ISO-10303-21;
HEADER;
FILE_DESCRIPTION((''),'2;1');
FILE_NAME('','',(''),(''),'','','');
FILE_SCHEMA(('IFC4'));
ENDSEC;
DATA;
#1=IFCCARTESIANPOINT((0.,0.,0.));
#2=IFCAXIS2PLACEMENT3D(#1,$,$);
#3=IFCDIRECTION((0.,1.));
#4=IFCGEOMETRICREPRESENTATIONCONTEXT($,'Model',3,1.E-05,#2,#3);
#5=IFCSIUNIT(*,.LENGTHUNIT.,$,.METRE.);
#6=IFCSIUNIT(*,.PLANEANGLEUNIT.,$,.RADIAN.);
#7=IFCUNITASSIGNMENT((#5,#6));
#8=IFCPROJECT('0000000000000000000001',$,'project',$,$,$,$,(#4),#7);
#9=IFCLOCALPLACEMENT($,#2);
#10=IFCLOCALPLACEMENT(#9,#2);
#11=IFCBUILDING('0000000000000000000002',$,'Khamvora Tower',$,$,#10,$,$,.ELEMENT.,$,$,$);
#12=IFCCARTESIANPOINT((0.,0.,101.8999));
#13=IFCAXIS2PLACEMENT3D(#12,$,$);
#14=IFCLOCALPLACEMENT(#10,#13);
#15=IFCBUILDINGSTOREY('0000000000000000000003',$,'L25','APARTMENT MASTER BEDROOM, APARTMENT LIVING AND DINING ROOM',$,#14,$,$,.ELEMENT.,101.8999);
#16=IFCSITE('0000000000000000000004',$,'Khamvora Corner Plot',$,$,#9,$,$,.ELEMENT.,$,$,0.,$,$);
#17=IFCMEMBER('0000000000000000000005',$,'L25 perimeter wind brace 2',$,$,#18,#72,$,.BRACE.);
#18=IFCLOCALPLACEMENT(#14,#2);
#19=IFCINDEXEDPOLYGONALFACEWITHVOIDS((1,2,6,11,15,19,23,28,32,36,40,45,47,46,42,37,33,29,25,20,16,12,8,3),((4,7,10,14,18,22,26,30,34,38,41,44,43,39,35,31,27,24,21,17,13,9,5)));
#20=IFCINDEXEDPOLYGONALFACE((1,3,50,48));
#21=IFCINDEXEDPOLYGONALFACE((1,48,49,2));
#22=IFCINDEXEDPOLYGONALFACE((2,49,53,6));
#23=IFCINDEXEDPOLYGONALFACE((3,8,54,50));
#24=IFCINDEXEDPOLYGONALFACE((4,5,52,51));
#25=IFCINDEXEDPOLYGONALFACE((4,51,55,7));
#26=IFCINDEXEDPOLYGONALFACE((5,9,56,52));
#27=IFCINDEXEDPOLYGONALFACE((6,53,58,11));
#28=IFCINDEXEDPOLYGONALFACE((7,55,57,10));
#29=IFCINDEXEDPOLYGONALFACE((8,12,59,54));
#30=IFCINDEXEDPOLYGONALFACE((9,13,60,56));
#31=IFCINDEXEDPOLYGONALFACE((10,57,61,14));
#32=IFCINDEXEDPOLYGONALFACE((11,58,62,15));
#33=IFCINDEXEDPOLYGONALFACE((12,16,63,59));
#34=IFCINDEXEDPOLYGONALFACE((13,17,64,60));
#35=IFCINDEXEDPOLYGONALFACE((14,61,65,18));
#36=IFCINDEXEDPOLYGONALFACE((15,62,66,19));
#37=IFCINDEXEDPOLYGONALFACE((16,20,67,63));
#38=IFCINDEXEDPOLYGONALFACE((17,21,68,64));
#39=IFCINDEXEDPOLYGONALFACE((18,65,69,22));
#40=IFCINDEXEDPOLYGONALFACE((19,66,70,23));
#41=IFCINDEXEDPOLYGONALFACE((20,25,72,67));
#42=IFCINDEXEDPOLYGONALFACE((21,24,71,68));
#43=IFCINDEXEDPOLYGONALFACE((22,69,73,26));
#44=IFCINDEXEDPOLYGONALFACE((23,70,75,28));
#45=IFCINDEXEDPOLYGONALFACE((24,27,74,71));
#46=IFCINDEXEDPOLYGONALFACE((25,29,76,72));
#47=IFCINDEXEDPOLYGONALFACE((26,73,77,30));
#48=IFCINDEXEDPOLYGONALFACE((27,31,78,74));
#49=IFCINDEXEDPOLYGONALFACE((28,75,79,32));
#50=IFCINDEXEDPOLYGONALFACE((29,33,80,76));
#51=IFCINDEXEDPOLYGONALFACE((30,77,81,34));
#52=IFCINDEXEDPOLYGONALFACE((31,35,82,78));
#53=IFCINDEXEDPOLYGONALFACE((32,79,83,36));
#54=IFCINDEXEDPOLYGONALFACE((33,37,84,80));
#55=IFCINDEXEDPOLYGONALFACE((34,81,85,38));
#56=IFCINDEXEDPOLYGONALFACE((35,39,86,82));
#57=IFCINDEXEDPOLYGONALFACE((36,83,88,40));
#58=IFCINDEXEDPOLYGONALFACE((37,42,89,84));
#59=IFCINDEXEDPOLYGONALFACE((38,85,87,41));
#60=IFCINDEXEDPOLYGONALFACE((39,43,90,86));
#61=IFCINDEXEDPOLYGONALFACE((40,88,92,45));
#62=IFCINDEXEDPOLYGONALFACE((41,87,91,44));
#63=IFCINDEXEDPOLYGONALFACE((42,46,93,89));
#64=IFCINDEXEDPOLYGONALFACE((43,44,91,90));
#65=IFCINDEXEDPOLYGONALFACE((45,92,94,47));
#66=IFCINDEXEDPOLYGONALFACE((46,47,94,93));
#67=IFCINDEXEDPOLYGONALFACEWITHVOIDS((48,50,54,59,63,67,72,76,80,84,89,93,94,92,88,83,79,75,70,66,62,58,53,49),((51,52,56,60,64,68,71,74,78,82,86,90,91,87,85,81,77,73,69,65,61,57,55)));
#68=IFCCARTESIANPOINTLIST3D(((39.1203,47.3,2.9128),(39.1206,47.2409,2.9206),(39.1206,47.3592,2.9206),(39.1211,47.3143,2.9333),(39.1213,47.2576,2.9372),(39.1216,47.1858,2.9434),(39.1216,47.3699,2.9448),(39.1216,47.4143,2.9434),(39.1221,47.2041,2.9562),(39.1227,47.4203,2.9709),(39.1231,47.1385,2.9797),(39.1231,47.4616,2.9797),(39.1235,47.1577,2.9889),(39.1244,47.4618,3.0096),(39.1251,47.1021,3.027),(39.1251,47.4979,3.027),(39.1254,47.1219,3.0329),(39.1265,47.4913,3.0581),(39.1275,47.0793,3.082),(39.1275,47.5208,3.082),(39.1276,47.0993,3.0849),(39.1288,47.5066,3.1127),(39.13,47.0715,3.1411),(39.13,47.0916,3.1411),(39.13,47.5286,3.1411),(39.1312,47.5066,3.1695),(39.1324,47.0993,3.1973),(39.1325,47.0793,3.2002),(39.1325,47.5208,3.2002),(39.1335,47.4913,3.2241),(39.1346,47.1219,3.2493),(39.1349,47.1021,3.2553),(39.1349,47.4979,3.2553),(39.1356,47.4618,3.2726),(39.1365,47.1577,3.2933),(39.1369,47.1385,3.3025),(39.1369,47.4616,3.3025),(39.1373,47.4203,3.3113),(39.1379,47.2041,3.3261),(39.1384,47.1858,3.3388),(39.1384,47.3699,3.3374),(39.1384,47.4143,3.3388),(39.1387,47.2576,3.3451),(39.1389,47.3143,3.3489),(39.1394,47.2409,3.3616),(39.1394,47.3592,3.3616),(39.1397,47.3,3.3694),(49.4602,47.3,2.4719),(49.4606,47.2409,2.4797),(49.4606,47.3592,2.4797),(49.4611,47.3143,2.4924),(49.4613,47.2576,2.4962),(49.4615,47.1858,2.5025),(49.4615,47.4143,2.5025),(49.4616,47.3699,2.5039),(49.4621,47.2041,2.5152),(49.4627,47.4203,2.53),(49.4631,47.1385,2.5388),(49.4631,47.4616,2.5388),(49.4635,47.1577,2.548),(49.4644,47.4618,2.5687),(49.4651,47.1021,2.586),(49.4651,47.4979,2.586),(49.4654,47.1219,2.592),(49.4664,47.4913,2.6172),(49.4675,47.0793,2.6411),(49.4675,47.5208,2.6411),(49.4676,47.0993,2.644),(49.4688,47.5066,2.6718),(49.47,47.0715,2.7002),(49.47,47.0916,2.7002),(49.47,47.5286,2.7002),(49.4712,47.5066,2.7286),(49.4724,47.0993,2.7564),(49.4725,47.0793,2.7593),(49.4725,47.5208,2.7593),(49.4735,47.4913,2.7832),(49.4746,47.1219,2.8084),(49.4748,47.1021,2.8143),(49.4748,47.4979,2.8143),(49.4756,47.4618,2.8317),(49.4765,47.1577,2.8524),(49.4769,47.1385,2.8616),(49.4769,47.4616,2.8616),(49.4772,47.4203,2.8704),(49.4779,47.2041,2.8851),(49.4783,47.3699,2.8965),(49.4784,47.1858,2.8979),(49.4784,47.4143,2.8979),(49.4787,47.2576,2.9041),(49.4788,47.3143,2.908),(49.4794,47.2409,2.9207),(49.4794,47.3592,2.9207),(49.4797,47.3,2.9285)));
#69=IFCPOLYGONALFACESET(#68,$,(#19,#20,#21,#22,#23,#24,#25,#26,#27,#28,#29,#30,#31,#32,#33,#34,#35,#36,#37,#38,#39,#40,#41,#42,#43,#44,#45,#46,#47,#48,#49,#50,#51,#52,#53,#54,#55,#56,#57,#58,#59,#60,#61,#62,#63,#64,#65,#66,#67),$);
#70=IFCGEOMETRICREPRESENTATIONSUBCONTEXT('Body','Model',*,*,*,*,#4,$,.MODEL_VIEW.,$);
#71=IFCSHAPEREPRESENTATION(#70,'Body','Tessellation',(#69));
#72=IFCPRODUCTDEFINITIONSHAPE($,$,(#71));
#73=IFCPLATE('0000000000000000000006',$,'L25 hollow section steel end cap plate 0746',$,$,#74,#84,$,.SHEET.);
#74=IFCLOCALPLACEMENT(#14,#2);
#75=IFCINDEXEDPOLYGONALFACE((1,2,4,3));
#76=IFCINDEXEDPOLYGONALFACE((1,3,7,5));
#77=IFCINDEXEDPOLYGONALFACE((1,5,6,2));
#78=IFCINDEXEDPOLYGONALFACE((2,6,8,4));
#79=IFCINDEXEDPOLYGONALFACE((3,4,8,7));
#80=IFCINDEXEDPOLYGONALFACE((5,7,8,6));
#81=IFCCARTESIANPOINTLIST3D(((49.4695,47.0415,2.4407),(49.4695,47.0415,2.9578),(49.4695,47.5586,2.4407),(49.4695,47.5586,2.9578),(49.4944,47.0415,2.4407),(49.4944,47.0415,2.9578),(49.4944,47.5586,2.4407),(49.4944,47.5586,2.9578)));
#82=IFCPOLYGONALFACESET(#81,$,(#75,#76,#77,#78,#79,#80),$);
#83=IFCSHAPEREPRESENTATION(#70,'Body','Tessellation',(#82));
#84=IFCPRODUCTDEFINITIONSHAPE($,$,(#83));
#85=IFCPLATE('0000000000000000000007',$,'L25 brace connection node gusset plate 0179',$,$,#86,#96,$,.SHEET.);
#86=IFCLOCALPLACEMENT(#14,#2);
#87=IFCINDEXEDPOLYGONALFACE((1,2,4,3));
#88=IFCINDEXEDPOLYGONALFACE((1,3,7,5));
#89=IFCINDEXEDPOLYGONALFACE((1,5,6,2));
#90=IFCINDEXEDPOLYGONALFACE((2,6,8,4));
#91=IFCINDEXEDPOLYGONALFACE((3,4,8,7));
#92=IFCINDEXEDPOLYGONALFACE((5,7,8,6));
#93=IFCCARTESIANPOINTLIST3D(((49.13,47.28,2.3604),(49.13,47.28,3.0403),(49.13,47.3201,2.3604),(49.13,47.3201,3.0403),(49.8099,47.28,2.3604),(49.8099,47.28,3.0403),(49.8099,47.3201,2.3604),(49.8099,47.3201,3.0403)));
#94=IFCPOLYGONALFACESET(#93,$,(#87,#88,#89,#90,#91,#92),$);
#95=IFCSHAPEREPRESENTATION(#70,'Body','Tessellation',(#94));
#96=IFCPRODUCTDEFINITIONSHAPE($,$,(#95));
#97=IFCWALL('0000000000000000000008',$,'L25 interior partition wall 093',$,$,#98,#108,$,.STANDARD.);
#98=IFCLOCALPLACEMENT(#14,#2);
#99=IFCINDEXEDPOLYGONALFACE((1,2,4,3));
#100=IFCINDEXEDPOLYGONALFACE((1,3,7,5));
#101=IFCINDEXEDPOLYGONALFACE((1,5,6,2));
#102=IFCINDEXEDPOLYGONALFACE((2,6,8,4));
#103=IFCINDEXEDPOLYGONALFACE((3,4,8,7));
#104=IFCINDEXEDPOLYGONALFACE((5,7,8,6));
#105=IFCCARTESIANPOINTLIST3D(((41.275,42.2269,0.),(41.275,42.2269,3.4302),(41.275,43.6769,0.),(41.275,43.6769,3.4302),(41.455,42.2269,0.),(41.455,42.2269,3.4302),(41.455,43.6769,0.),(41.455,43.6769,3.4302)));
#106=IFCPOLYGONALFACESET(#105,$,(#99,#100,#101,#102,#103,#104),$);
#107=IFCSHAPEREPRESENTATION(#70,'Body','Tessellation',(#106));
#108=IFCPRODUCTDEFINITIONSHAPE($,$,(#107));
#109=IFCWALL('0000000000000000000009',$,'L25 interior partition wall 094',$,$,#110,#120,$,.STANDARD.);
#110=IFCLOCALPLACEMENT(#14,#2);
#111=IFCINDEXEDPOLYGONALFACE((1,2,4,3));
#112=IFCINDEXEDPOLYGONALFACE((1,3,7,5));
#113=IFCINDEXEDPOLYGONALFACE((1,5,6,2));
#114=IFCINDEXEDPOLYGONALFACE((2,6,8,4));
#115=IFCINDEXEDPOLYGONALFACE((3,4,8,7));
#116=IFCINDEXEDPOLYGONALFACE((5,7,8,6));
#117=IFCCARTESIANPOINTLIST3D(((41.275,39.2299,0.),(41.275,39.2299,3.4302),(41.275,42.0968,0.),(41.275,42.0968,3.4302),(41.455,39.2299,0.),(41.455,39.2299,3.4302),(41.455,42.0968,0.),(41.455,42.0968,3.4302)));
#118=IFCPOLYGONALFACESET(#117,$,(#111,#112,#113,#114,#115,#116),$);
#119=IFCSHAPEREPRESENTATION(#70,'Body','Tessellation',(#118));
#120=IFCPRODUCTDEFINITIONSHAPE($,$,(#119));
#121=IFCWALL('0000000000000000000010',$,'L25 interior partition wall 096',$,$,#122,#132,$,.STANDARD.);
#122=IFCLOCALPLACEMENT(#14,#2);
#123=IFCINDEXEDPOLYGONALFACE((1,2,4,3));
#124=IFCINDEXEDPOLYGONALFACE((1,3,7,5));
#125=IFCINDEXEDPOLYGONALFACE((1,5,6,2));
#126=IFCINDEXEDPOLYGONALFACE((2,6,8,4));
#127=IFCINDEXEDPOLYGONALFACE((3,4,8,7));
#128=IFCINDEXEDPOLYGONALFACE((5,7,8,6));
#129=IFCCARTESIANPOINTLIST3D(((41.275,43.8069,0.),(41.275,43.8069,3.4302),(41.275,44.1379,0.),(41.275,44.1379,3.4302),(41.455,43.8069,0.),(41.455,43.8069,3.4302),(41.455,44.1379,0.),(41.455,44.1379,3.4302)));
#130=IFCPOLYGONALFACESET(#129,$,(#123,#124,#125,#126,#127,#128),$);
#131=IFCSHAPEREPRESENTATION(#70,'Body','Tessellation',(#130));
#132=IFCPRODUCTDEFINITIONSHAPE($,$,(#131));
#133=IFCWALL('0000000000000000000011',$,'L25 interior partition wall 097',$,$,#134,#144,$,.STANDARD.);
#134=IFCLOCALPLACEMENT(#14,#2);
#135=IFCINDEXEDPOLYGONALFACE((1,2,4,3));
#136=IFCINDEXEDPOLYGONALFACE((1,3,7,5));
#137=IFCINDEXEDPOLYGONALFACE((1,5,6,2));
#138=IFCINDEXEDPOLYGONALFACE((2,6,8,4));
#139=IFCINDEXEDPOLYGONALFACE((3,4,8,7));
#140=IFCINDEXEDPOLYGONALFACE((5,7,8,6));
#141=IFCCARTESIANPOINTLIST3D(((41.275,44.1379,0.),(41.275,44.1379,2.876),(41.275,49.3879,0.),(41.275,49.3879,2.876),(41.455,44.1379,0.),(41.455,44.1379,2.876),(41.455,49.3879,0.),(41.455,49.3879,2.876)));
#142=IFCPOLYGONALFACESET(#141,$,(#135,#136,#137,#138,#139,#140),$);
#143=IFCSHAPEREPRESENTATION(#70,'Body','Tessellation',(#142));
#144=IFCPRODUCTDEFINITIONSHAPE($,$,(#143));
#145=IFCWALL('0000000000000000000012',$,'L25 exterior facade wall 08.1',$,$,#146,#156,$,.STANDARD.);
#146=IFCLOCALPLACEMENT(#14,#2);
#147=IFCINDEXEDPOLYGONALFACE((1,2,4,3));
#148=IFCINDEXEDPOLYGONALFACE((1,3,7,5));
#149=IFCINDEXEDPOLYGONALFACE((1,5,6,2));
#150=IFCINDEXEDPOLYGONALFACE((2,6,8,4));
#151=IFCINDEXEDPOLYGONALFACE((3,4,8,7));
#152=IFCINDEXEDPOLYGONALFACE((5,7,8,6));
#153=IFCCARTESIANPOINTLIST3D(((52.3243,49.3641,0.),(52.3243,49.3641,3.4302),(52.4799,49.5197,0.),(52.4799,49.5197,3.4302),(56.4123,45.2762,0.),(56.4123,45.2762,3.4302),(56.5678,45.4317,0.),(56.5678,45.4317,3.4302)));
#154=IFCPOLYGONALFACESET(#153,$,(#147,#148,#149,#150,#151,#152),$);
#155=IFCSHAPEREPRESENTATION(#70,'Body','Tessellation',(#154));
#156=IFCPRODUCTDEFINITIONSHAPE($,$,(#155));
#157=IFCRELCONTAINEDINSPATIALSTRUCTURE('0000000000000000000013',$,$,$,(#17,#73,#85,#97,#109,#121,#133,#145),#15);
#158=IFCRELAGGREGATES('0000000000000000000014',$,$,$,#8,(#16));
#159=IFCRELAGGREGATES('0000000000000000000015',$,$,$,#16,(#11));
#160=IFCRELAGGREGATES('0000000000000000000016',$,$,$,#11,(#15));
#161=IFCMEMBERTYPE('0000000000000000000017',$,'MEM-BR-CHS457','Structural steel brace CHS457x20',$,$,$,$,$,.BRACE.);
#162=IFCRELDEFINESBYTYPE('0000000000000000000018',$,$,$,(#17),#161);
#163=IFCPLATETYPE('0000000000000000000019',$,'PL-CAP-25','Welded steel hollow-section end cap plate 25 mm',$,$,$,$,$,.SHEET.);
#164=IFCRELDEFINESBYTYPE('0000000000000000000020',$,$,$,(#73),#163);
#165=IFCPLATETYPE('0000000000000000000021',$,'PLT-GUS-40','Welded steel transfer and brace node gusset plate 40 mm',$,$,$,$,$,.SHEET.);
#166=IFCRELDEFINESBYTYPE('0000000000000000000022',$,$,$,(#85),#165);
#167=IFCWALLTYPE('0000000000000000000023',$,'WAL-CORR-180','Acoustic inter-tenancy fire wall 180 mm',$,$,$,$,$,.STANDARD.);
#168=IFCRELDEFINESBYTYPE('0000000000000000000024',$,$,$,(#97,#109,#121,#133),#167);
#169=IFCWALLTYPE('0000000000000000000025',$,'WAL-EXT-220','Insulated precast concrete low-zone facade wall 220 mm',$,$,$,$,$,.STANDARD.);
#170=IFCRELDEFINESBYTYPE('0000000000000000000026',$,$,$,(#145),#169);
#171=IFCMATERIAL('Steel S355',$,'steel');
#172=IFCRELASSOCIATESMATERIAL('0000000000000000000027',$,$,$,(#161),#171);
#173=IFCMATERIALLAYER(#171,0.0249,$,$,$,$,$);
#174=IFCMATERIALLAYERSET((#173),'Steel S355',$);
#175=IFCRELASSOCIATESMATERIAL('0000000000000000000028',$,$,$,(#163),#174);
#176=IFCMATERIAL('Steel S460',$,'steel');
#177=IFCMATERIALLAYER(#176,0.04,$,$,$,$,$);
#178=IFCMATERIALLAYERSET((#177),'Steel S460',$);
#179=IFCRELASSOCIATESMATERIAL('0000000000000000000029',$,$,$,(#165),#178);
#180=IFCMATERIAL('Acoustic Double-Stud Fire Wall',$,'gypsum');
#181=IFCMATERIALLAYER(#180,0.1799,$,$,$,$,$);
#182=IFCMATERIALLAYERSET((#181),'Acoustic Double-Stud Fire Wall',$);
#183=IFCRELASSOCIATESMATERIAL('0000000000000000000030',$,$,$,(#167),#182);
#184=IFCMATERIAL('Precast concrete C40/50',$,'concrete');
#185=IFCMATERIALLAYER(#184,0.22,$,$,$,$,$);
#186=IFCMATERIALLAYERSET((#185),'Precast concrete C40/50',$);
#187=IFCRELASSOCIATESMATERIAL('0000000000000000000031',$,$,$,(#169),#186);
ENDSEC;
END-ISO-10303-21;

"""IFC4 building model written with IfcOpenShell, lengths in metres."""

from ifc_helpers import new_model, si_unit, direction, frame, frame_2d, origin, origin_2d, place, context, subcontext, project, spatial, rectangle, hollow_circle, extrude, material, layer, layer_set, material_profile, profile_set, type_object, element, save


model = new_model("IFC4")

# Units and contexts
model_context = context("Model", 3, precision=1e-05, world=origin(), true_north=direction((0.0, 1.0)))
body_context = subcontext(model_context, "Body", "Model", "MODEL_VIEW")
ifc_project = project(units=[si_unit("LENGTHUNIT", "METRE"), si_unit("PLANEANGLEUNIT", "RADIAN")], contexts=[model_context])

# Site, building, storey
site_placement = place(None, origin())
site = spatial("IfcSite", under=ifc_project, at=site_placement, Name="Khamvora Corner Plot", CompositionType="ELEMENT", RefElevation=0.0)
building_placement = place(site_placement, origin())
building = spatial("IfcBuilding", under=site, at=building_placement, Name="Khamvora Tower", CompositionType="ELEMENT")
storey_placement = place(building_placement, frame((0.0, 0.0, 101.8999)))
storey = spatial("IfcBuildingStorey", under=building, at=storey_placement, Name="L25", Description="APARTMENT MASTER BEDROOM, APARTMENT LIVING AND DINING ROOM", CompositionType="ELEMENT", Elevation=101.8999)

# Shared definitions
ifc_material_1 = material(Name="Steel S355", Category="steel")

# Member
ifc_material_profile_1 = material_profile(ifc_material_1, hollow_circle(Radius=0.2285, WallThickness=0.02, at=origin_2d()), Name="CHS457x20")
ifc_profile_set_1 = profile_set([ifc_material_profile_1], Name="Steel S355")
member_type = type_object("IfcMemberType", Name="MEM-BR-CHS457", Description="Structural steel brace CHS457x20", PredefinedType="BRACE", material=ifc_profile_set_1)
member_placement = place(storey_placement, frame((49.47, 47.3, 2.7002), z_axis=(-0.999092, 0.0, 0.042603), x_axis=(0.0, -1.0, 0.0)))
element("IfcMember", 1, at=member_placement, inside=storey, type_object=member_type, Name="L25 perimeter wind brace 2", PredefinedType="BRACE", context=body_context, shape_type="SweptSolid", body=[
    extrude(hollow_circle(Radius=0.2285, WallThickness=0.02, at=origin_2d()), origin(), (0.0, 0.0, 1.0), 10.3494),
])

# Plates
ifc_layer_1 = layer(ifc_material_1, 0.0249)
ifc_layer_set_1 = layer_set([ifc_layer_1], Name="Steel S355")
plate_type_1 = type_object("IfcPlateType", Name="PL-CAP-25", Description="Welded steel hollow-section end cap plate 25 mm", PredefinedType="SHEET", material=ifc_layer_set_1)
plate_1_placement = place(storey_placement, frame((49.4819, 47.3, 2.4407), z_axis=(0.0, 0.0, 1.0), x_axis=(-1.0, 0.0, 0.0)))
element("IfcPlate", 2, at=plate_1_placement, inside=storey, type_object=plate_type_1, Name="L25 hollow section steel end cap plate 0746", PredefinedType="SHEET", context=body_context, shape_type="SweptSolid", body=[
    extrude(rectangle(XDim=0.0249, YDim=0.5171, at=origin_2d()), origin(), (0.0, 0.0, 1.0), 0.5171),
])
ifc_material_2 = material(Name="Steel S460", Category="steel")
ifc_layer_2 = layer(ifc_material_2, 0.04)
ifc_layer_set_2 = layer_set([ifc_layer_2], Name="Steel S460")
plate_type_2 = type_object("IfcPlateType", Name="PLT-GUS-40", Description="Welded steel transfer and brace node gusset plate 40 mm", PredefinedType="SHEET", material=ifc_layer_set_2)
plate_2_placement = place(storey_placement, frame((49.47, 47.3, 2.3604), z_axis=(0.0, 0.0, 1.0), x_axis=(1.0, 0.0, 0.0)))
element("IfcPlate", 3, at=plate_2_placement, inside=storey, type_object=plate_type_2, Name="L25 brace connection node gusset plate 0179", PredefinedType="SHEET", context=body_context, shape_type="SweptSolid", body=[
    extrude(rectangle(XDim=0.6799, YDim=0.04, at=origin_2d()), origin(), (0.0, 0.0, 1.0), 0.6799),
])

# Walls
ifc_material_3 = material(Name="Acoustic Double-Stud Fire Wall", Category="gypsum")
ifc_layer_3 = layer(ifc_material_3, 0.1799)
ifc_layer_set_3 = layer_set([ifc_layer_3], Name="Acoustic Double-Stud Fire Wall")
wall_type_1 = type_object("IfcWallType", Name="WAL-CORR-180", Description="Acoustic inter-tenancy fire wall 180 mm", PredefinedType="STANDARD", material=ifc_layer_set_3)
wall_1_placement = place(storey_placement, frame((41.365, 43.677, 0.0), z_axis=(0.0, 0.0, 1.0), x_axis=(0.0, -1.0, 0.0)))
element("IfcWall", 4, at=wall_1_placement, inside=storey, type_object=wall_type_1, Name="L25 interior partition wall 093", PredefinedType="STANDARD", context=body_context, shape_type="SweptSolid", body=[
    extrude(rectangle(XDim=1.45, YDim=0.1799, at=frame_2d((0.7251, 0.0))), origin(), (0.0, 0.0, 1.0), 3.4302),
])
wall_2_placement = place(storey_placement, frame((41.365, 42.0969, 0.0), z_axis=(0.0, 0.0, 1.0), x_axis=(0.0, -1.0, 0.0)))
element("IfcWall", 5, at=wall_2_placement, inside=storey, type_object=wall_type_1, Name="L25 interior partition wall 094", PredefinedType="STANDARD", context=body_context, shape_type="SweptSolid", body=[
    extrude(rectangle(XDim=2.8669, YDim=0.1799, at=frame_2d((1.4336, 0.0))), origin(), (0.0, 0.0, 1.0), 3.4302),
])
wall_3_placement = place(storey_placement, frame((41.365, 44.1379, 0.0), z_axis=(0.0, 0.0, 1.0), x_axis=(0.0, -1.0, 0.0)))
element("IfcWall", 6, at=wall_3_placement, inside=storey, type_object=wall_type_1, Name="L25 interior partition wall 096", PredefinedType="STANDARD", context=body_context, shape_type="SweptSolid", body=[
    extrude(rectangle(XDim=0.3311, YDim=0.1799, at=frame_2d((0.1655, 0.0))), origin(), (0.0, 0.0, 1.0), 3.4302),
])
wall_4_placement = place(storey_placement, frame((41.365, 49.3879, 0.0), z_axis=(0.0, 0.0, 1.0), x_axis=(0.0, -1.0, 0.0)))
element("IfcWall", 7, at=wall_4_placement, inside=storey, type_object=wall_type_1, Name="L25 interior partition wall 097", PredefinedType="STANDARD", context=body_context, shape_type="SweptSolid", body=[
    extrude(rectangle(XDim=5.25, YDim=0.1799, at=frame_2d((2.625, 0.0))), origin(), (0.0, 0.0, 1.0), 2.876),
])
ifc_material_4 = material(Name="Precast concrete C40/50", Category="concrete")
ifc_layer_4 = layer(ifc_material_4, 0.22)
ifc_layer_set_4 = layer_set([ifc_layer_4], Name="Precast concrete C40/50")
wall_type_2 = type_object("IfcWallType", Name="WAL-EXT-220", Description="Insulated precast concrete low-zone facade wall 220 mm", PredefinedType="STANDARD", material=ifc_layer_set_4)
wall_5_placement = place(storey_placement, frame((52.4021, 49.4419, 0.0), z_axis=(0.0, 0.0, 1.0), x_axis=(0.707107, -0.707107, 0.0)))
element("IfcWall", 8, at=wall_5_placement, inside=storey, type_object=wall_type_2, Name="L25 exterior facade wall 08.1", PredefinedType="STANDARD", context=body_context, shape_type="SweptSolid", body=[
    extrude(rectangle(XDim=5.7812, YDim=0.22, at=frame_2d((2.8906, 0.0))), origin(), (0.0, 0.0, 1.0), 3.4302),
])

save(model, "model.ifc")
